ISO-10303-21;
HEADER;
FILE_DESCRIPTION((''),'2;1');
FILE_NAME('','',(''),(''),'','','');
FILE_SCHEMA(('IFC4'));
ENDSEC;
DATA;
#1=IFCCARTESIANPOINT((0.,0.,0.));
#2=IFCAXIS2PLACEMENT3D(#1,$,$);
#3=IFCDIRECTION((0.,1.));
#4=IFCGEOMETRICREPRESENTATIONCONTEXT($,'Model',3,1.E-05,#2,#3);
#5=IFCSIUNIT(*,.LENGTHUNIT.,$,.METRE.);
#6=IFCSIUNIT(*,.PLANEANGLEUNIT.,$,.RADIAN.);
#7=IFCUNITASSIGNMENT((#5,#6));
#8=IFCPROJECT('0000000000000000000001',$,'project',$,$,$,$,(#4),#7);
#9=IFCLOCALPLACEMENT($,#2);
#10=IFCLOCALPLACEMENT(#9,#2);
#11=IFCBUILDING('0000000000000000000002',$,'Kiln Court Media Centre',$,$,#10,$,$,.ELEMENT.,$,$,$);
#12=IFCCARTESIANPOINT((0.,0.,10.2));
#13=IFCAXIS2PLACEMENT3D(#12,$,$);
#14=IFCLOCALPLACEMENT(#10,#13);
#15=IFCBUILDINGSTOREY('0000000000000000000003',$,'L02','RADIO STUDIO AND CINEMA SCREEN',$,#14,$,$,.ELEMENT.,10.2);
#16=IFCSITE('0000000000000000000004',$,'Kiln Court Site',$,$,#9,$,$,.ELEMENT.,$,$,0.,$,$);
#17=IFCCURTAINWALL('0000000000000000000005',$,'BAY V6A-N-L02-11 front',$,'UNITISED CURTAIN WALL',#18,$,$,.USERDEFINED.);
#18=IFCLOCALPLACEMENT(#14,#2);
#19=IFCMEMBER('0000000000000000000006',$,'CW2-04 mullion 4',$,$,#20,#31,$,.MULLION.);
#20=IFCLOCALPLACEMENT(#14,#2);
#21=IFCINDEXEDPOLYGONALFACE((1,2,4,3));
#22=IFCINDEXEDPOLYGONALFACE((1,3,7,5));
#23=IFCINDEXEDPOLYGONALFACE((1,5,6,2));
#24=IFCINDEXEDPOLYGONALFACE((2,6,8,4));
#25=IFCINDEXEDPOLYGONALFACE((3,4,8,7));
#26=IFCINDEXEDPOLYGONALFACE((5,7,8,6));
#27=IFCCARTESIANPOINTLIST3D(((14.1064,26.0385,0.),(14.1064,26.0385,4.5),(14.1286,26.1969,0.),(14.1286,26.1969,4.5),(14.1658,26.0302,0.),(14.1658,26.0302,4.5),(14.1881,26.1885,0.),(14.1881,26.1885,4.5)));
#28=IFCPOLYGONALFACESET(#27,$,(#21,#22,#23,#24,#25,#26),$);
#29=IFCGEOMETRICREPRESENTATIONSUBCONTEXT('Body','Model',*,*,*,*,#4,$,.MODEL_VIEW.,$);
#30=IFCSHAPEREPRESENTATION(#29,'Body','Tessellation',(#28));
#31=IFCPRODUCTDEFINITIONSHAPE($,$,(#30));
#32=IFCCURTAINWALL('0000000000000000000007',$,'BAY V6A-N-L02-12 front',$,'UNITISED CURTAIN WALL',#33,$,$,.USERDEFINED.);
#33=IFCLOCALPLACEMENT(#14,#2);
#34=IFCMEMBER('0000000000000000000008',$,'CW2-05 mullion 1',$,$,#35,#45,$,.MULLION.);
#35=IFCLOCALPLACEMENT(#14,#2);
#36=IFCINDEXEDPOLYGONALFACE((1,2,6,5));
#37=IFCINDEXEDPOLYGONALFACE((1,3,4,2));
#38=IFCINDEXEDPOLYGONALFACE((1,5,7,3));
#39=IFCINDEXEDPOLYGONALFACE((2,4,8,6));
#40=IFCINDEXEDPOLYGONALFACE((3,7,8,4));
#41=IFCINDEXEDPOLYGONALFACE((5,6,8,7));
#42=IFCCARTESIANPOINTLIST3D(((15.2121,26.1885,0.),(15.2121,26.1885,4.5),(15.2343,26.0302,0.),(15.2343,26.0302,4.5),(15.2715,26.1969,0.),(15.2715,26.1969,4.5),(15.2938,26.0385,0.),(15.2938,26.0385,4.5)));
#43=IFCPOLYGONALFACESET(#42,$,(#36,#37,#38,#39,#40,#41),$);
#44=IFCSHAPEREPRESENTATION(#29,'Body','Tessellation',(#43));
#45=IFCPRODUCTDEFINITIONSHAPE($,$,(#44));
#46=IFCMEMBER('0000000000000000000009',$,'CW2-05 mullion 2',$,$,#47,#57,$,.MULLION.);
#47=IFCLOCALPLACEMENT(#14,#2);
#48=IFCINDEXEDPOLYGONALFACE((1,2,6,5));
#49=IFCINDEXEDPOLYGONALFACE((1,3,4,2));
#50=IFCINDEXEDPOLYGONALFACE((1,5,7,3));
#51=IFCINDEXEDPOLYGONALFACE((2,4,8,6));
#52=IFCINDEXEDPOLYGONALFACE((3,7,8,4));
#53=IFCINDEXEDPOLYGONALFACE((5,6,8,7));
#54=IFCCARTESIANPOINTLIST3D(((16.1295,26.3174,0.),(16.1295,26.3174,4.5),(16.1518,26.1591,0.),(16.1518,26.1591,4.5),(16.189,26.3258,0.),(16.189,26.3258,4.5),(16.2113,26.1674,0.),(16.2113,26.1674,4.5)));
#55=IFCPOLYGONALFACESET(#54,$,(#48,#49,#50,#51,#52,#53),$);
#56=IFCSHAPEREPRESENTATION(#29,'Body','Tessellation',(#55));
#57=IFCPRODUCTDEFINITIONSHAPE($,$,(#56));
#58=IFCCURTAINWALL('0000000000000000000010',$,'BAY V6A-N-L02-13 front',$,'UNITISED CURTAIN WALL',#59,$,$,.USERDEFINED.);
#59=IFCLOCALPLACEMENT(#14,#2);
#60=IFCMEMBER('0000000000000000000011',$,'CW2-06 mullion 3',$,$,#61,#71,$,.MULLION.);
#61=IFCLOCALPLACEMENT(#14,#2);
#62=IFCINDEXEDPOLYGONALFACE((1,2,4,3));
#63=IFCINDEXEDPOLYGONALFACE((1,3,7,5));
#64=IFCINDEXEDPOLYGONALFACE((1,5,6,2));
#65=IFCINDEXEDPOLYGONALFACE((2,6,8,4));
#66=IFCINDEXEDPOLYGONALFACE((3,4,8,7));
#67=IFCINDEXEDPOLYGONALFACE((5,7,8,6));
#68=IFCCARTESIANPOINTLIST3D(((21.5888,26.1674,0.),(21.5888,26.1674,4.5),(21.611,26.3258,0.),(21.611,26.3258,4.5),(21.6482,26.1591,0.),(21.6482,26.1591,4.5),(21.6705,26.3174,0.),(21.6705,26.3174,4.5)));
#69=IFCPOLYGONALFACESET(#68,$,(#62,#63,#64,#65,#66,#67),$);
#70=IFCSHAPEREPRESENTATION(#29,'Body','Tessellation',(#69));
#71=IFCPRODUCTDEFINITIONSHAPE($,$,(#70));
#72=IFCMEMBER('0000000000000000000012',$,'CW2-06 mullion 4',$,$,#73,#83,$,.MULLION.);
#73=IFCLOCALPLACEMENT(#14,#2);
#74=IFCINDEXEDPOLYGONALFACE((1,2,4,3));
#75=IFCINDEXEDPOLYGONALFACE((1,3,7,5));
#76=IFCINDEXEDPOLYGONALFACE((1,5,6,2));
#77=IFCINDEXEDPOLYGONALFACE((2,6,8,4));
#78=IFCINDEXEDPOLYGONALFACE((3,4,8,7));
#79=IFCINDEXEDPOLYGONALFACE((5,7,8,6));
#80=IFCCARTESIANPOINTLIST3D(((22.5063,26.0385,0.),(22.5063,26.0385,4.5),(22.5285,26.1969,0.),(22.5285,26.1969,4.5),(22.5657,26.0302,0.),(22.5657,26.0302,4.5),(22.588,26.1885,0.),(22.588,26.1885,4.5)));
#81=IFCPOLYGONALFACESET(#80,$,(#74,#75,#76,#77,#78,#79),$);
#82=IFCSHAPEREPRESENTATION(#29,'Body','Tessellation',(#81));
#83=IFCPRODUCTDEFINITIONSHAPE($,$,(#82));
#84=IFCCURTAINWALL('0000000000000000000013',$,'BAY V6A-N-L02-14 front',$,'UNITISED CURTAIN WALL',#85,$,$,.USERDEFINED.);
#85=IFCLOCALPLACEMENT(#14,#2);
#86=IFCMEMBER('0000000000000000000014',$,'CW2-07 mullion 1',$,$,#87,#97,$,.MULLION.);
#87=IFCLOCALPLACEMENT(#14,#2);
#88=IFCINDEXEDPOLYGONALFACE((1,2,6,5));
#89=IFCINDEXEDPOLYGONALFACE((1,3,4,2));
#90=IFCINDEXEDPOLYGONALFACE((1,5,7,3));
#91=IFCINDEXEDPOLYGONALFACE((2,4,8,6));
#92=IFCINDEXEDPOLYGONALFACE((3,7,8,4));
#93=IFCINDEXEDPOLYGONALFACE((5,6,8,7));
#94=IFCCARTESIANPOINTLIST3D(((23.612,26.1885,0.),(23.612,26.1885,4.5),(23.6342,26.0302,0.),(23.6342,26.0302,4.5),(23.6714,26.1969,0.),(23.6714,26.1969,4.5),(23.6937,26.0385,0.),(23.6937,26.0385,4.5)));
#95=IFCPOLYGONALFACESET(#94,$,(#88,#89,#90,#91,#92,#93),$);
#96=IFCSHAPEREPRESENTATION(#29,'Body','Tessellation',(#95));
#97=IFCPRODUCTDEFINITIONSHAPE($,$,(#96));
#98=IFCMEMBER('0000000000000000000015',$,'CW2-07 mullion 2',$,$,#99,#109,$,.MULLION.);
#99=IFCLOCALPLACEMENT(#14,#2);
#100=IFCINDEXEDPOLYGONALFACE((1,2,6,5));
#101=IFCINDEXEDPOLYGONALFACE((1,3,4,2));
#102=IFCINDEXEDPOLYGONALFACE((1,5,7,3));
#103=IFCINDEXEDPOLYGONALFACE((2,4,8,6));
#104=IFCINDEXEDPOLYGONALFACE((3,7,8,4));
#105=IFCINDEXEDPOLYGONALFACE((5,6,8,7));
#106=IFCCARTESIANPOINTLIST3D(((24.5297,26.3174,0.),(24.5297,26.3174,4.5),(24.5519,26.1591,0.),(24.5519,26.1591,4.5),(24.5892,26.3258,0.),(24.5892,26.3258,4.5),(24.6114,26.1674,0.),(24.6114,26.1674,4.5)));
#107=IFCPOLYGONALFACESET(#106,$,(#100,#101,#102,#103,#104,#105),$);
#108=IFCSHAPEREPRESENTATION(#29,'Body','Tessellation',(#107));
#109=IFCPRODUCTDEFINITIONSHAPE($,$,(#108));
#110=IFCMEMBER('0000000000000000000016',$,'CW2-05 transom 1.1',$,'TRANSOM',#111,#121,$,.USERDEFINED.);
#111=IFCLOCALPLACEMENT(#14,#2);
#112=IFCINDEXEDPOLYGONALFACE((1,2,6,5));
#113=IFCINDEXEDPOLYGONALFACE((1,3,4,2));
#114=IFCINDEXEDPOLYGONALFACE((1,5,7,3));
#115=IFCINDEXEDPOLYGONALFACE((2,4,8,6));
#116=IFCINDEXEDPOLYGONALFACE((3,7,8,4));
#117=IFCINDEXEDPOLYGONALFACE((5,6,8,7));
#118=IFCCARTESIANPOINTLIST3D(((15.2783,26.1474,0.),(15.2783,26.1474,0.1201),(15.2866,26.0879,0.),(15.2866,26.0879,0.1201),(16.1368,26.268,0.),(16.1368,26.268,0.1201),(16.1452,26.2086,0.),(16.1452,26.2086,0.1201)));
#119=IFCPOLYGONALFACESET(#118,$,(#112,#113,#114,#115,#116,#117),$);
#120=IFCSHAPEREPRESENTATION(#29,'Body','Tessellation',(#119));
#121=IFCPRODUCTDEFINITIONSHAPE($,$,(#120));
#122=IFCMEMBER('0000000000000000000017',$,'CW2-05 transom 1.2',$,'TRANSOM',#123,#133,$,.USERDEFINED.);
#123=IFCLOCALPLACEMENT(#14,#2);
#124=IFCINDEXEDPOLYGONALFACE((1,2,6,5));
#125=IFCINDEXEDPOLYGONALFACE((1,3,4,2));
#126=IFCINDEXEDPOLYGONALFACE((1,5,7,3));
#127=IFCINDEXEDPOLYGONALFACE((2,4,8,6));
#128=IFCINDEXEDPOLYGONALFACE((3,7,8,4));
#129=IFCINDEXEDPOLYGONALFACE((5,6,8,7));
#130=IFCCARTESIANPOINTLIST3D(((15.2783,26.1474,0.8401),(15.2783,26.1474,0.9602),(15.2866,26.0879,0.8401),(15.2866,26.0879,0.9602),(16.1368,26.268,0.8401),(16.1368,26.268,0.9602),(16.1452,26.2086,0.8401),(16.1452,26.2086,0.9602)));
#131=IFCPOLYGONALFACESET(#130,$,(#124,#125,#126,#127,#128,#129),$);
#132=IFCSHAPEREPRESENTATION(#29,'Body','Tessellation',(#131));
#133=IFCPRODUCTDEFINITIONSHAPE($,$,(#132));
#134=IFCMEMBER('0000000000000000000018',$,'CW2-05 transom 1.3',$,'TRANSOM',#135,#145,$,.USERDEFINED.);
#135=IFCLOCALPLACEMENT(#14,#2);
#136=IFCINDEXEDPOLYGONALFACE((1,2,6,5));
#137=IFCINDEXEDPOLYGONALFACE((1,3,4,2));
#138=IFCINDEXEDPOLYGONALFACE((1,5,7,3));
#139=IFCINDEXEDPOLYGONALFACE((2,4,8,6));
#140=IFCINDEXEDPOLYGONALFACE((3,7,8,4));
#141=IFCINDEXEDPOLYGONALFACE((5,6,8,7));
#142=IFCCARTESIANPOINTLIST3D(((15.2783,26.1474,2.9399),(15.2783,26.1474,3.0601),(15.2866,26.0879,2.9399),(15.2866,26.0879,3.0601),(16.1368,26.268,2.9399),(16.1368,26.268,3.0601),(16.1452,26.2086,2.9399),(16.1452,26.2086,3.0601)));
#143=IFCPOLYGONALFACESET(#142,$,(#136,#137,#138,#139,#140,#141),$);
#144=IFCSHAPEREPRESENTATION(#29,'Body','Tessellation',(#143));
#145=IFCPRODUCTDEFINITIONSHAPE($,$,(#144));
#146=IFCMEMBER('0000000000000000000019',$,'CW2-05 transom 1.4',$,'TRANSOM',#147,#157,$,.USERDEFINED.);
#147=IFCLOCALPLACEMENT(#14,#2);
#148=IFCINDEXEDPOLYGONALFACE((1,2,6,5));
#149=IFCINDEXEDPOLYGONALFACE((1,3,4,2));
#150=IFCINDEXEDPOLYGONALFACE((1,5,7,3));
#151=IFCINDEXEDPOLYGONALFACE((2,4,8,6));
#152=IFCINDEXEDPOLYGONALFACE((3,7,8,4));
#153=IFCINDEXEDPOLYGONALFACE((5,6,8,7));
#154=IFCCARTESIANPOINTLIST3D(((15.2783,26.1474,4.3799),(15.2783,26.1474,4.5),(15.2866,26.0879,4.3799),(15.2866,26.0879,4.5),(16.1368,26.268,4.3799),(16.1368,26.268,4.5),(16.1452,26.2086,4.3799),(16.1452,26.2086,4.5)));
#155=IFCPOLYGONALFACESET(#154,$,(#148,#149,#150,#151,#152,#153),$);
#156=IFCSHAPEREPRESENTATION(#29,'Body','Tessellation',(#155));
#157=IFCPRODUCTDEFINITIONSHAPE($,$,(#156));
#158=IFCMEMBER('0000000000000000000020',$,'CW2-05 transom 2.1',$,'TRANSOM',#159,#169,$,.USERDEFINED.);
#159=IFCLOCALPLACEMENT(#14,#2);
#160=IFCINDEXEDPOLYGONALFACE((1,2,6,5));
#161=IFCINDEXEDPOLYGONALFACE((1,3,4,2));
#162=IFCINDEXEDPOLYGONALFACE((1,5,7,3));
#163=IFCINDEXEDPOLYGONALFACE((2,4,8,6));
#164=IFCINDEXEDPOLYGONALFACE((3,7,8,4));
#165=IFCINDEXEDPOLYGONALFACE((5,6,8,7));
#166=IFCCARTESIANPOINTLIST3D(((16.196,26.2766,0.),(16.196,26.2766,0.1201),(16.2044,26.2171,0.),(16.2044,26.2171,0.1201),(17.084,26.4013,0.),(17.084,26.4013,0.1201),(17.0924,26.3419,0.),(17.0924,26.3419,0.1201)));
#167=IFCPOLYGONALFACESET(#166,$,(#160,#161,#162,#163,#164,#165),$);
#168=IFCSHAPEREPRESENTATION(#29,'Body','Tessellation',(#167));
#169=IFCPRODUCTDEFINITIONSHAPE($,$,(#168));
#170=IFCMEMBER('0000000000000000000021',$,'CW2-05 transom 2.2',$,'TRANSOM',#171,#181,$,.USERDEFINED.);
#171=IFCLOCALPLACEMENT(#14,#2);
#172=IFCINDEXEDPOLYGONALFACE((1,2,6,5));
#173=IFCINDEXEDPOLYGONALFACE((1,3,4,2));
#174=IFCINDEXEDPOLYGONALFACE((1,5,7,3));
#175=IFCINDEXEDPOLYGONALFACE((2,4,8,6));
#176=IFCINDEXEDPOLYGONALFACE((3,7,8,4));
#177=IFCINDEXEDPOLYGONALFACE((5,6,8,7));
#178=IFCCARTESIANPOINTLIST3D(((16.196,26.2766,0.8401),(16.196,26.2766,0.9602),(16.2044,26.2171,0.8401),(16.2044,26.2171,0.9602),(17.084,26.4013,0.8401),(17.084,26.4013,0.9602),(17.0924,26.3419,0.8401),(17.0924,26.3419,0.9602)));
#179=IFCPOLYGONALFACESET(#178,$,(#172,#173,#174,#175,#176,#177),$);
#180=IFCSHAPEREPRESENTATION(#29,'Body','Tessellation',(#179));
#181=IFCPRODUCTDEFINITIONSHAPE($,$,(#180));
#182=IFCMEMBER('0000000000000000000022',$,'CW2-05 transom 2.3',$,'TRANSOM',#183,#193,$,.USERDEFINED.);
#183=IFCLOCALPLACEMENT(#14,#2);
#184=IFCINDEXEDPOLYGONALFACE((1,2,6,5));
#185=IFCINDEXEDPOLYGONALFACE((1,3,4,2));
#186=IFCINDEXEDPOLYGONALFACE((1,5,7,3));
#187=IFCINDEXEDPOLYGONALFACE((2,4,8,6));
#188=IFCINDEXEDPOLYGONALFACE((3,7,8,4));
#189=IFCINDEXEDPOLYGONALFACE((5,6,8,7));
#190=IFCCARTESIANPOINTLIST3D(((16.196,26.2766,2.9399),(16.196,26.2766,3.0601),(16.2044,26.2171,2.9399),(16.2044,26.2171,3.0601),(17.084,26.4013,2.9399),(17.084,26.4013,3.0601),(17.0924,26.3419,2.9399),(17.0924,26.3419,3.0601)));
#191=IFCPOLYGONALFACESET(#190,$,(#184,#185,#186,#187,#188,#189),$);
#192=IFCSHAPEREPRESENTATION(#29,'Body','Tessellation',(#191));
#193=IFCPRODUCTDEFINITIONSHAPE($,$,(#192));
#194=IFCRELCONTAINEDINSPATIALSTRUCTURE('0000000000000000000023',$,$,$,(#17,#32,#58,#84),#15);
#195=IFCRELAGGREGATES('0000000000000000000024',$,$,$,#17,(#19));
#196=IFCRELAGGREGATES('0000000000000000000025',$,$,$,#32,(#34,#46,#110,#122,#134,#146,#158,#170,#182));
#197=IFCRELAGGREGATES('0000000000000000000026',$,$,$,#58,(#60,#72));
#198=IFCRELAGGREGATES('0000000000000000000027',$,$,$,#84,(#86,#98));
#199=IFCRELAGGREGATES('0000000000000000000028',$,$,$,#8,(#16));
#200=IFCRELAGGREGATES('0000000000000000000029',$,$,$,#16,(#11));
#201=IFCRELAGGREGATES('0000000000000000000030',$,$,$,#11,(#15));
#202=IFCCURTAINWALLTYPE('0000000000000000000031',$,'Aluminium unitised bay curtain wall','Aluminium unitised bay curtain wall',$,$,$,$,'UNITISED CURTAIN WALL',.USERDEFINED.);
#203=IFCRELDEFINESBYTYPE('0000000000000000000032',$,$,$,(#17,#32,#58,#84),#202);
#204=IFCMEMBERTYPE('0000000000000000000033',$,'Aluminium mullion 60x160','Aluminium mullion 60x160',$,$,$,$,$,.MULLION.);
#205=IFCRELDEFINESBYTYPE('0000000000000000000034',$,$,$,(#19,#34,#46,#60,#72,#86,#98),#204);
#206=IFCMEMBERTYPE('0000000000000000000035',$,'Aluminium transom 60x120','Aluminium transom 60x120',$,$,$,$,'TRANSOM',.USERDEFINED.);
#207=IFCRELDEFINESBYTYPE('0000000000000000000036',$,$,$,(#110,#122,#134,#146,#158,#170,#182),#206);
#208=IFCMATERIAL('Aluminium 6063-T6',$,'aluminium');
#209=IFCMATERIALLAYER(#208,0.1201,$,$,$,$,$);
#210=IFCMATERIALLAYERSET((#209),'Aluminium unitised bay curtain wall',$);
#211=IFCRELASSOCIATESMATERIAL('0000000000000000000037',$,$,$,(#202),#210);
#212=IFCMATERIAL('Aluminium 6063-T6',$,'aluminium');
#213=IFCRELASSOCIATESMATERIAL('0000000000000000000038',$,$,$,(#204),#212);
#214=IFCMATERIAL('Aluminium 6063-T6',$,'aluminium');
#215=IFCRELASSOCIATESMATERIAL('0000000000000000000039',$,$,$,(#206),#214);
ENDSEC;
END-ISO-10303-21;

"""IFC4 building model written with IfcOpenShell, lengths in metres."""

from ifc_helpers import new_model, si_unit, direction, frame, origin, origin_2d, place, context, subcontext, project, spatial, rectangle, extrude, material, layer, layer_set, material_profile, profile_set, type_object, element, aggregate, save


model = new_model("IFC4")

# Units and contexts
model_context = context("Model", 3, precision=1e-05, world=origin(), true_north=direction((0.0, 1.0)))
body_context = subcontext(model_context, "Body", "Model", "MODEL_VIEW")
ifc_project = project(units=[si_unit("LENGTHUNIT", "METRE"), si_unit("PLANEANGLEUNIT", "RADIAN")], contexts=[model_context])

# Site, building, storey
site_placement = place(None, origin())
site = spatial("IfcSite", under=ifc_project, at=site_placement, Name="Kiln Court Site", CompositionType="ELEMENT", RefElevation=0.0)
building_placement = place(site_placement, origin())
building = spatial("IfcBuilding", under=site, at=building_placement, Name="Kiln Court Media Centre", CompositionType="ELEMENT")
storey_placement = place(building_placement, frame((0.0, 0.0, 10.2)))
storey = spatial("IfcBuildingStorey", under=building, at=storey_placement, Name="L02", Description="RADIO STUDIO AND CINEMA SCREEN", CompositionType="ELEMENT", Elevation=10.2)

# Curtain wall, member
ifc_material_1 = material(Name="Aluminium 6063-T6", Category="aluminium")
ifc_layer_1 = layer(ifc_material_1, 0.1201)
ifc_layer_set_1 = layer_set([ifc_layer_1], Name="Aluminium unitised bay curtain wall")
curtain_wall_type = type_object("IfcCurtainWallType", Name="Aluminium unitised bay curtain wall", Description="Aluminium unitised bay curtain wall", ElementType="UNITISED CURTAIN WALL", PredefinedType="USERDEFINED", material=ifc_layer_set_1)
curtain_wall_1_placement = place(storey_placement, origin())
curtain_wall_1 = element("IfcCurtainWall", 1, at=curtain_wall_1_placement, inside=storey, type_object=curtain_wall_type, Name="BAY V6A-N-L02-11 front", ObjectType="UNITISED CURTAIN WALL", PredefinedType="USERDEFINED")
ifc_material_2 = material(Name="Aluminium 6063-T6", Category="aluminium")
ifc_material_profile_1 = material_profile(ifc_material_2, rectangle(XDim=0.0601, YDim=0.1599, at=origin_2d()), Name="Aluminium mullion 60x160")
ifc_profile_set_1 = profile_set([ifc_material_profile_1], Name="Aluminium 6063-T6")
member_type_1 = type_object("IfcMemberType", Name="Aluminium mullion 60x160", Description="Aluminium mullion 60x160", PredefinedType="MULLION", material=ifc_profile_set_1)
member_1_placement = place(storey_placement, frame((14.1472, 26.1135, 0.0), z_axis=(0.0, 0.0, 1.0), x_axis=(0.99027, -0.139162, 0.0)))
member_1 = element("IfcMember", 2, at=member_1_placement, type_object=member_type_1, Name="CW2-04 mullion 4", PredefinedType="MULLION", context=body_context, shape_type="SweptSolid", body=[
    extrude(rectangle(XDim=0.0601, YDim=0.1599, at=origin_2d()), origin(), (0.0, 0.0, 1.0), 4.5),
])
aggregate(curtain_wall_1, [member_1])

# Curtain walls, members
curtain_wall_2_placement = place(storey_placement, origin())
curtain_wall_2 = element("IfcCurtainWall", 3, at=curtain_wall_2_placement, inside=storey, type_object=curtain_wall_type, Name="BAY V6A-N-L02-12 front", ObjectType="UNITISED CURTAIN WALL", PredefinedType="USERDEFINED")
member_2_placement = place(storey_placement, frame((15.2529, 26.1135, 0.0), z_axis=(0.0, 0.0, 1.0), x_axis=(0.99027, 0.139162, 0.0)))
member_2 = element("IfcMember", 4, at=member_2_placement, type_object=member_type_1, Name="CW2-05 mullion 1", PredefinedType="MULLION", context=body_context, shape_type="SweptSolid", body=[
    extrude(rectangle(XDim=0.0601, YDim=0.1599, at=origin_2d()), origin(), (0.0, 0.0, 1.0), 4.5),
])
member_3_placement = place(storey_placement, frame((16.1704, 26.2424, 0.0), z_axis=(0.0, 0.0, 1.0), x_axis=(0.99027, 0.139162, 0.0)))
member_3 = element("IfcMember", 5, at=member_3_placement, type_object=member_type_1, Name="CW2-05 mullion 2", PredefinedType="MULLION", context=body_context, shape_type="SweptSolid", body=[
    extrude(rectangle(XDim=0.0601, YDim=0.1599, at=origin_2d()), origin(), (0.0, 0.0, 1.0), 4.5),
])
curtain_wall_3_placement = place(storey_placement, origin())
curtain_wall_3 = element("IfcCurtainWall", 6, at=curtain_wall_3_placement, inside=storey, type_object=curtain_wall_type, Name="BAY V6A-N-L02-13 front", ObjectType="UNITISED CURTAIN WALL", PredefinedType="USERDEFINED")
member_4_placement = place(storey_placement, frame((21.6296, 26.2424, 0.0), z_axis=(0.0, 0.0, 1.0), x_axis=(0.99027, -0.139162, 0.0)))
member_4 = element("IfcMember", 7, at=member_4_placement, type_object=member_type_1, Name="CW2-06 mullion 3", PredefinedType="MULLION", context=body_context, shape_type="SweptSolid", body=[
    extrude(rectangle(XDim=0.0601, YDim=0.1599, at=origin_2d()), origin(), (0.0, 0.0, 1.0), 4.5),
])
member_5_placement = place(storey_placement, frame((22.5471, 26.1135, 0.0), z_axis=(0.0, 0.0, 1.0), x_axis=(0.99027, -0.139162, 0.0)))
member_5 = element("IfcMember", 8, at=member_5_placement, type_object=member_type_1, Name="CW2-06 mullion 4", PredefinedType="MULLION", context=body_context, shape_type="SweptSolid", body=[
    extrude(rectangle(XDim=0.0601, YDim=0.1599, at=origin_2d()), origin(), (0.0, 0.0, 1.0), 4.5),
])
curtain_wall_4_placement = place(storey_placement, origin())
curtain_wall_4 = element("IfcCurtainWall", 9, at=curtain_wall_4_placement, inside=storey, type_object=curtain_wall_type, Name="BAY V6A-N-L02-14 front", ObjectType="UNITISED CURTAIN WALL", PredefinedType="USERDEFINED")
member_6_placement = place(storey_placement, frame((23.6528, 26.1135, 0.0), z_axis=(0.0, 0.0, 1.0), x_axis=(0.99027, 0.139162, 0.0)))
member_6 = element("IfcMember", 10, at=member_6_placement, type_object=member_type_1, Name="CW2-07 mullion 1", PredefinedType="MULLION", context=body_context, shape_type="SweptSolid", body=[
    extrude(rectangle(XDim=0.0601, YDim=0.1599, at=origin_2d()), origin(), (0.0, 0.0, 1.0), 4.5),
])
member_7_placement = place(storey_placement, frame((24.5706, 26.2424, 0.0), z_axis=(0.0, 0.0, 1.0), x_axis=(0.99027, 0.139162, 0.0)))
member_7 = element("IfcMember", 11, at=member_7_placement, type_object=member_type_1, Name="CW2-07 mullion 2", PredefinedType="MULLION", context=body_context, shape_type="SweptSolid", body=[
    extrude(rectangle(XDim=0.0601, YDim=0.1599, at=origin_2d()), origin(), (0.0, 0.0, 1.0), 4.5),
])

# Members
ifc_material_3 = material(Name="Aluminium 6063-T6", Category="aluminium")
ifc_material_profile_2 = material_profile(ifc_material_3, rectangle(XDim=0.0601, YDim=0.1201, at=origin_2d()), Name="Aluminium transom 60x120")
ifc_profile_set_2 = profile_set([ifc_material_profile_2], Name="Aluminium 6063-T6")
member_type_2 = type_object("IfcMemberType", Name="Aluminium transom 60x120", Description="Aluminium transom 60x120", ElementType="TRANSOM", PredefinedType="USERDEFINED", material=ifc_profile_set_2)
member_8_placement = place(storey_placement, frame((15.2825, 26.1177, 0.0601), z_axis=(0.990274, 0.139134, 0.0), x_axis=(-0.139134, 0.990274, 0.0)))
member_8 = element("IfcMember", 12, at=member_8_placement, type_object=member_type_2, Name="CW2-05 transom 1.1", ObjectType="TRANSOM", PredefinedType="USERDEFINED", context=body_context, shape_type="SweptSolid", body=[
    extrude(rectangle(XDim=0.0601, YDim=0.1201, at=origin_2d()), origin(), (0.0, 0.0, 1.0), 0.8669),
])
member_9_placement = place(storey_placement, frame((15.2825, 26.1177, 0.9001), z_axis=(0.990274, 0.139134, 0.0), x_axis=(-0.139134, 0.990274, 0.0)))
member_9 = element("IfcMember", 13, at=member_9_placement, type_object=member_type_2, Name="CW2-05 transom 1.2", ObjectType="TRANSOM", PredefinedType="USERDEFINED", context=body_context, shape_type="SweptSolid", body=[
    extrude(rectangle(XDim=0.0601, YDim=0.1201, at=origin_2d()), origin(), (0.0, 0.0, 1.0), 0.8669),
])
member_10_placement = place(storey_placement, frame((15.2825, 26.1177, 3.0), z_axis=(0.990274, 0.139134, 0.0), x_axis=(-0.139134, 0.990274, 0.0)))
member_10 = element("IfcMember", 14, at=member_10_placement, type_object=member_type_2, Name="CW2-05 transom 1.3", ObjectType="TRANSOM", PredefinedType="USERDEFINED", context=body_context, shape_type="SweptSolid", body=[
    extrude(rectangle(XDim=0.0601, YDim=0.1201, at=origin_2d()), origin(), (0.0, 0.0, 1.0), 0.8669),
])
member_11_placement = place(storey_placement, frame((15.2825, 26.1177, 4.4399), z_axis=(0.990274, 0.139134, 0.0), x_axis=(-0.139134, 0.990274, 0.0)))
member_11 = element("IfcMember", 15, at=member_11_placement, type_object=member_type_2, Name="CW2-05 transom 1.4", ObjectType="TRANSOM", PredefinedType="USERDEFINED", context=body_context, shape_type="SweptSolid", body=[
    extrude(rectangle(XDim=0.0601, YDim=0.1201, at=origin_2d()), origin(), (0.0, 0.0, 1.0), 0.8669),
])
member_12_placement = place(storey_placement, frame((16.2002, 26.2468, 0.0601), z_axis=(0.990274, 0.139134, 0.0), x_axis=(-0.139134, 0.990274, 0.0)))
member_12 = element("IfcMember", 16, at=member_12_placement, type_object=member_type_2, Name="CW2-05 transom 2.1", ObjectType="TRANSOM", PredefinedType="USERDEFINED", context=body_context, shape_type="SweptSolid", body=[
    extrude(rectangle(XDim=0.0601, YDim=0.1201, at=origin_2d()), origin(), (0.0, 0.0, 1.0), 0.8967),
])
member_13_placement = place(storey_placement, frame((16.2002, 26.2468, 0.9001), z_axis=(0.990274, 0.139134, 0.0), x_axis=(-0.139134, 0.990274, 0.0)))
member_13 = element("IfcMember", 17, at=member_13_placement, type_object=member_type_2, Name="CW2-05 transom 2.2", ObjectType="TRANSOM", PredefinedType="USERDEFINED", context=body_context, shape_type="SweptSolid", body=[
    extrude(rectangle(XDim=0.0601, YDim=0.1201, at=origin_2d()), origin(), (0.0, 0.0, 1.0), 0.8967),
])
member_14_placement = place(storey_placement, frame((16.2002, 26.2468, 3.0), z_axis=(0.990274, 0.139134, 0.0), x_axis=(-0.139134, 0.990274, 0.0)))
member_14 = element("IfcMember", 18, at=member_14_placement, type_object=member_type_2, Name="CW2-05 transom 2.3", ObjectType="TRANSOM", PredefinedType="USERDEFINED", context=body_context, shape_type="SweptSolid", body=[
    extrude(rectangle(XDim=0.0601, YDim=0.1201, at=origin_2d()), origin(), (0.0, 0.0, 1.0), 0.8967),
])

aggregate(curtain_wall_2, [member_2, member_3, member_8, member_9, member_10, member_11, member_12, member_13, member_14])
aggregate(curtain_wall_3, [member_4, member_5])
aggregate(curtain_wall_4, [member_6, member_7])

save(model, "model.ifc")
